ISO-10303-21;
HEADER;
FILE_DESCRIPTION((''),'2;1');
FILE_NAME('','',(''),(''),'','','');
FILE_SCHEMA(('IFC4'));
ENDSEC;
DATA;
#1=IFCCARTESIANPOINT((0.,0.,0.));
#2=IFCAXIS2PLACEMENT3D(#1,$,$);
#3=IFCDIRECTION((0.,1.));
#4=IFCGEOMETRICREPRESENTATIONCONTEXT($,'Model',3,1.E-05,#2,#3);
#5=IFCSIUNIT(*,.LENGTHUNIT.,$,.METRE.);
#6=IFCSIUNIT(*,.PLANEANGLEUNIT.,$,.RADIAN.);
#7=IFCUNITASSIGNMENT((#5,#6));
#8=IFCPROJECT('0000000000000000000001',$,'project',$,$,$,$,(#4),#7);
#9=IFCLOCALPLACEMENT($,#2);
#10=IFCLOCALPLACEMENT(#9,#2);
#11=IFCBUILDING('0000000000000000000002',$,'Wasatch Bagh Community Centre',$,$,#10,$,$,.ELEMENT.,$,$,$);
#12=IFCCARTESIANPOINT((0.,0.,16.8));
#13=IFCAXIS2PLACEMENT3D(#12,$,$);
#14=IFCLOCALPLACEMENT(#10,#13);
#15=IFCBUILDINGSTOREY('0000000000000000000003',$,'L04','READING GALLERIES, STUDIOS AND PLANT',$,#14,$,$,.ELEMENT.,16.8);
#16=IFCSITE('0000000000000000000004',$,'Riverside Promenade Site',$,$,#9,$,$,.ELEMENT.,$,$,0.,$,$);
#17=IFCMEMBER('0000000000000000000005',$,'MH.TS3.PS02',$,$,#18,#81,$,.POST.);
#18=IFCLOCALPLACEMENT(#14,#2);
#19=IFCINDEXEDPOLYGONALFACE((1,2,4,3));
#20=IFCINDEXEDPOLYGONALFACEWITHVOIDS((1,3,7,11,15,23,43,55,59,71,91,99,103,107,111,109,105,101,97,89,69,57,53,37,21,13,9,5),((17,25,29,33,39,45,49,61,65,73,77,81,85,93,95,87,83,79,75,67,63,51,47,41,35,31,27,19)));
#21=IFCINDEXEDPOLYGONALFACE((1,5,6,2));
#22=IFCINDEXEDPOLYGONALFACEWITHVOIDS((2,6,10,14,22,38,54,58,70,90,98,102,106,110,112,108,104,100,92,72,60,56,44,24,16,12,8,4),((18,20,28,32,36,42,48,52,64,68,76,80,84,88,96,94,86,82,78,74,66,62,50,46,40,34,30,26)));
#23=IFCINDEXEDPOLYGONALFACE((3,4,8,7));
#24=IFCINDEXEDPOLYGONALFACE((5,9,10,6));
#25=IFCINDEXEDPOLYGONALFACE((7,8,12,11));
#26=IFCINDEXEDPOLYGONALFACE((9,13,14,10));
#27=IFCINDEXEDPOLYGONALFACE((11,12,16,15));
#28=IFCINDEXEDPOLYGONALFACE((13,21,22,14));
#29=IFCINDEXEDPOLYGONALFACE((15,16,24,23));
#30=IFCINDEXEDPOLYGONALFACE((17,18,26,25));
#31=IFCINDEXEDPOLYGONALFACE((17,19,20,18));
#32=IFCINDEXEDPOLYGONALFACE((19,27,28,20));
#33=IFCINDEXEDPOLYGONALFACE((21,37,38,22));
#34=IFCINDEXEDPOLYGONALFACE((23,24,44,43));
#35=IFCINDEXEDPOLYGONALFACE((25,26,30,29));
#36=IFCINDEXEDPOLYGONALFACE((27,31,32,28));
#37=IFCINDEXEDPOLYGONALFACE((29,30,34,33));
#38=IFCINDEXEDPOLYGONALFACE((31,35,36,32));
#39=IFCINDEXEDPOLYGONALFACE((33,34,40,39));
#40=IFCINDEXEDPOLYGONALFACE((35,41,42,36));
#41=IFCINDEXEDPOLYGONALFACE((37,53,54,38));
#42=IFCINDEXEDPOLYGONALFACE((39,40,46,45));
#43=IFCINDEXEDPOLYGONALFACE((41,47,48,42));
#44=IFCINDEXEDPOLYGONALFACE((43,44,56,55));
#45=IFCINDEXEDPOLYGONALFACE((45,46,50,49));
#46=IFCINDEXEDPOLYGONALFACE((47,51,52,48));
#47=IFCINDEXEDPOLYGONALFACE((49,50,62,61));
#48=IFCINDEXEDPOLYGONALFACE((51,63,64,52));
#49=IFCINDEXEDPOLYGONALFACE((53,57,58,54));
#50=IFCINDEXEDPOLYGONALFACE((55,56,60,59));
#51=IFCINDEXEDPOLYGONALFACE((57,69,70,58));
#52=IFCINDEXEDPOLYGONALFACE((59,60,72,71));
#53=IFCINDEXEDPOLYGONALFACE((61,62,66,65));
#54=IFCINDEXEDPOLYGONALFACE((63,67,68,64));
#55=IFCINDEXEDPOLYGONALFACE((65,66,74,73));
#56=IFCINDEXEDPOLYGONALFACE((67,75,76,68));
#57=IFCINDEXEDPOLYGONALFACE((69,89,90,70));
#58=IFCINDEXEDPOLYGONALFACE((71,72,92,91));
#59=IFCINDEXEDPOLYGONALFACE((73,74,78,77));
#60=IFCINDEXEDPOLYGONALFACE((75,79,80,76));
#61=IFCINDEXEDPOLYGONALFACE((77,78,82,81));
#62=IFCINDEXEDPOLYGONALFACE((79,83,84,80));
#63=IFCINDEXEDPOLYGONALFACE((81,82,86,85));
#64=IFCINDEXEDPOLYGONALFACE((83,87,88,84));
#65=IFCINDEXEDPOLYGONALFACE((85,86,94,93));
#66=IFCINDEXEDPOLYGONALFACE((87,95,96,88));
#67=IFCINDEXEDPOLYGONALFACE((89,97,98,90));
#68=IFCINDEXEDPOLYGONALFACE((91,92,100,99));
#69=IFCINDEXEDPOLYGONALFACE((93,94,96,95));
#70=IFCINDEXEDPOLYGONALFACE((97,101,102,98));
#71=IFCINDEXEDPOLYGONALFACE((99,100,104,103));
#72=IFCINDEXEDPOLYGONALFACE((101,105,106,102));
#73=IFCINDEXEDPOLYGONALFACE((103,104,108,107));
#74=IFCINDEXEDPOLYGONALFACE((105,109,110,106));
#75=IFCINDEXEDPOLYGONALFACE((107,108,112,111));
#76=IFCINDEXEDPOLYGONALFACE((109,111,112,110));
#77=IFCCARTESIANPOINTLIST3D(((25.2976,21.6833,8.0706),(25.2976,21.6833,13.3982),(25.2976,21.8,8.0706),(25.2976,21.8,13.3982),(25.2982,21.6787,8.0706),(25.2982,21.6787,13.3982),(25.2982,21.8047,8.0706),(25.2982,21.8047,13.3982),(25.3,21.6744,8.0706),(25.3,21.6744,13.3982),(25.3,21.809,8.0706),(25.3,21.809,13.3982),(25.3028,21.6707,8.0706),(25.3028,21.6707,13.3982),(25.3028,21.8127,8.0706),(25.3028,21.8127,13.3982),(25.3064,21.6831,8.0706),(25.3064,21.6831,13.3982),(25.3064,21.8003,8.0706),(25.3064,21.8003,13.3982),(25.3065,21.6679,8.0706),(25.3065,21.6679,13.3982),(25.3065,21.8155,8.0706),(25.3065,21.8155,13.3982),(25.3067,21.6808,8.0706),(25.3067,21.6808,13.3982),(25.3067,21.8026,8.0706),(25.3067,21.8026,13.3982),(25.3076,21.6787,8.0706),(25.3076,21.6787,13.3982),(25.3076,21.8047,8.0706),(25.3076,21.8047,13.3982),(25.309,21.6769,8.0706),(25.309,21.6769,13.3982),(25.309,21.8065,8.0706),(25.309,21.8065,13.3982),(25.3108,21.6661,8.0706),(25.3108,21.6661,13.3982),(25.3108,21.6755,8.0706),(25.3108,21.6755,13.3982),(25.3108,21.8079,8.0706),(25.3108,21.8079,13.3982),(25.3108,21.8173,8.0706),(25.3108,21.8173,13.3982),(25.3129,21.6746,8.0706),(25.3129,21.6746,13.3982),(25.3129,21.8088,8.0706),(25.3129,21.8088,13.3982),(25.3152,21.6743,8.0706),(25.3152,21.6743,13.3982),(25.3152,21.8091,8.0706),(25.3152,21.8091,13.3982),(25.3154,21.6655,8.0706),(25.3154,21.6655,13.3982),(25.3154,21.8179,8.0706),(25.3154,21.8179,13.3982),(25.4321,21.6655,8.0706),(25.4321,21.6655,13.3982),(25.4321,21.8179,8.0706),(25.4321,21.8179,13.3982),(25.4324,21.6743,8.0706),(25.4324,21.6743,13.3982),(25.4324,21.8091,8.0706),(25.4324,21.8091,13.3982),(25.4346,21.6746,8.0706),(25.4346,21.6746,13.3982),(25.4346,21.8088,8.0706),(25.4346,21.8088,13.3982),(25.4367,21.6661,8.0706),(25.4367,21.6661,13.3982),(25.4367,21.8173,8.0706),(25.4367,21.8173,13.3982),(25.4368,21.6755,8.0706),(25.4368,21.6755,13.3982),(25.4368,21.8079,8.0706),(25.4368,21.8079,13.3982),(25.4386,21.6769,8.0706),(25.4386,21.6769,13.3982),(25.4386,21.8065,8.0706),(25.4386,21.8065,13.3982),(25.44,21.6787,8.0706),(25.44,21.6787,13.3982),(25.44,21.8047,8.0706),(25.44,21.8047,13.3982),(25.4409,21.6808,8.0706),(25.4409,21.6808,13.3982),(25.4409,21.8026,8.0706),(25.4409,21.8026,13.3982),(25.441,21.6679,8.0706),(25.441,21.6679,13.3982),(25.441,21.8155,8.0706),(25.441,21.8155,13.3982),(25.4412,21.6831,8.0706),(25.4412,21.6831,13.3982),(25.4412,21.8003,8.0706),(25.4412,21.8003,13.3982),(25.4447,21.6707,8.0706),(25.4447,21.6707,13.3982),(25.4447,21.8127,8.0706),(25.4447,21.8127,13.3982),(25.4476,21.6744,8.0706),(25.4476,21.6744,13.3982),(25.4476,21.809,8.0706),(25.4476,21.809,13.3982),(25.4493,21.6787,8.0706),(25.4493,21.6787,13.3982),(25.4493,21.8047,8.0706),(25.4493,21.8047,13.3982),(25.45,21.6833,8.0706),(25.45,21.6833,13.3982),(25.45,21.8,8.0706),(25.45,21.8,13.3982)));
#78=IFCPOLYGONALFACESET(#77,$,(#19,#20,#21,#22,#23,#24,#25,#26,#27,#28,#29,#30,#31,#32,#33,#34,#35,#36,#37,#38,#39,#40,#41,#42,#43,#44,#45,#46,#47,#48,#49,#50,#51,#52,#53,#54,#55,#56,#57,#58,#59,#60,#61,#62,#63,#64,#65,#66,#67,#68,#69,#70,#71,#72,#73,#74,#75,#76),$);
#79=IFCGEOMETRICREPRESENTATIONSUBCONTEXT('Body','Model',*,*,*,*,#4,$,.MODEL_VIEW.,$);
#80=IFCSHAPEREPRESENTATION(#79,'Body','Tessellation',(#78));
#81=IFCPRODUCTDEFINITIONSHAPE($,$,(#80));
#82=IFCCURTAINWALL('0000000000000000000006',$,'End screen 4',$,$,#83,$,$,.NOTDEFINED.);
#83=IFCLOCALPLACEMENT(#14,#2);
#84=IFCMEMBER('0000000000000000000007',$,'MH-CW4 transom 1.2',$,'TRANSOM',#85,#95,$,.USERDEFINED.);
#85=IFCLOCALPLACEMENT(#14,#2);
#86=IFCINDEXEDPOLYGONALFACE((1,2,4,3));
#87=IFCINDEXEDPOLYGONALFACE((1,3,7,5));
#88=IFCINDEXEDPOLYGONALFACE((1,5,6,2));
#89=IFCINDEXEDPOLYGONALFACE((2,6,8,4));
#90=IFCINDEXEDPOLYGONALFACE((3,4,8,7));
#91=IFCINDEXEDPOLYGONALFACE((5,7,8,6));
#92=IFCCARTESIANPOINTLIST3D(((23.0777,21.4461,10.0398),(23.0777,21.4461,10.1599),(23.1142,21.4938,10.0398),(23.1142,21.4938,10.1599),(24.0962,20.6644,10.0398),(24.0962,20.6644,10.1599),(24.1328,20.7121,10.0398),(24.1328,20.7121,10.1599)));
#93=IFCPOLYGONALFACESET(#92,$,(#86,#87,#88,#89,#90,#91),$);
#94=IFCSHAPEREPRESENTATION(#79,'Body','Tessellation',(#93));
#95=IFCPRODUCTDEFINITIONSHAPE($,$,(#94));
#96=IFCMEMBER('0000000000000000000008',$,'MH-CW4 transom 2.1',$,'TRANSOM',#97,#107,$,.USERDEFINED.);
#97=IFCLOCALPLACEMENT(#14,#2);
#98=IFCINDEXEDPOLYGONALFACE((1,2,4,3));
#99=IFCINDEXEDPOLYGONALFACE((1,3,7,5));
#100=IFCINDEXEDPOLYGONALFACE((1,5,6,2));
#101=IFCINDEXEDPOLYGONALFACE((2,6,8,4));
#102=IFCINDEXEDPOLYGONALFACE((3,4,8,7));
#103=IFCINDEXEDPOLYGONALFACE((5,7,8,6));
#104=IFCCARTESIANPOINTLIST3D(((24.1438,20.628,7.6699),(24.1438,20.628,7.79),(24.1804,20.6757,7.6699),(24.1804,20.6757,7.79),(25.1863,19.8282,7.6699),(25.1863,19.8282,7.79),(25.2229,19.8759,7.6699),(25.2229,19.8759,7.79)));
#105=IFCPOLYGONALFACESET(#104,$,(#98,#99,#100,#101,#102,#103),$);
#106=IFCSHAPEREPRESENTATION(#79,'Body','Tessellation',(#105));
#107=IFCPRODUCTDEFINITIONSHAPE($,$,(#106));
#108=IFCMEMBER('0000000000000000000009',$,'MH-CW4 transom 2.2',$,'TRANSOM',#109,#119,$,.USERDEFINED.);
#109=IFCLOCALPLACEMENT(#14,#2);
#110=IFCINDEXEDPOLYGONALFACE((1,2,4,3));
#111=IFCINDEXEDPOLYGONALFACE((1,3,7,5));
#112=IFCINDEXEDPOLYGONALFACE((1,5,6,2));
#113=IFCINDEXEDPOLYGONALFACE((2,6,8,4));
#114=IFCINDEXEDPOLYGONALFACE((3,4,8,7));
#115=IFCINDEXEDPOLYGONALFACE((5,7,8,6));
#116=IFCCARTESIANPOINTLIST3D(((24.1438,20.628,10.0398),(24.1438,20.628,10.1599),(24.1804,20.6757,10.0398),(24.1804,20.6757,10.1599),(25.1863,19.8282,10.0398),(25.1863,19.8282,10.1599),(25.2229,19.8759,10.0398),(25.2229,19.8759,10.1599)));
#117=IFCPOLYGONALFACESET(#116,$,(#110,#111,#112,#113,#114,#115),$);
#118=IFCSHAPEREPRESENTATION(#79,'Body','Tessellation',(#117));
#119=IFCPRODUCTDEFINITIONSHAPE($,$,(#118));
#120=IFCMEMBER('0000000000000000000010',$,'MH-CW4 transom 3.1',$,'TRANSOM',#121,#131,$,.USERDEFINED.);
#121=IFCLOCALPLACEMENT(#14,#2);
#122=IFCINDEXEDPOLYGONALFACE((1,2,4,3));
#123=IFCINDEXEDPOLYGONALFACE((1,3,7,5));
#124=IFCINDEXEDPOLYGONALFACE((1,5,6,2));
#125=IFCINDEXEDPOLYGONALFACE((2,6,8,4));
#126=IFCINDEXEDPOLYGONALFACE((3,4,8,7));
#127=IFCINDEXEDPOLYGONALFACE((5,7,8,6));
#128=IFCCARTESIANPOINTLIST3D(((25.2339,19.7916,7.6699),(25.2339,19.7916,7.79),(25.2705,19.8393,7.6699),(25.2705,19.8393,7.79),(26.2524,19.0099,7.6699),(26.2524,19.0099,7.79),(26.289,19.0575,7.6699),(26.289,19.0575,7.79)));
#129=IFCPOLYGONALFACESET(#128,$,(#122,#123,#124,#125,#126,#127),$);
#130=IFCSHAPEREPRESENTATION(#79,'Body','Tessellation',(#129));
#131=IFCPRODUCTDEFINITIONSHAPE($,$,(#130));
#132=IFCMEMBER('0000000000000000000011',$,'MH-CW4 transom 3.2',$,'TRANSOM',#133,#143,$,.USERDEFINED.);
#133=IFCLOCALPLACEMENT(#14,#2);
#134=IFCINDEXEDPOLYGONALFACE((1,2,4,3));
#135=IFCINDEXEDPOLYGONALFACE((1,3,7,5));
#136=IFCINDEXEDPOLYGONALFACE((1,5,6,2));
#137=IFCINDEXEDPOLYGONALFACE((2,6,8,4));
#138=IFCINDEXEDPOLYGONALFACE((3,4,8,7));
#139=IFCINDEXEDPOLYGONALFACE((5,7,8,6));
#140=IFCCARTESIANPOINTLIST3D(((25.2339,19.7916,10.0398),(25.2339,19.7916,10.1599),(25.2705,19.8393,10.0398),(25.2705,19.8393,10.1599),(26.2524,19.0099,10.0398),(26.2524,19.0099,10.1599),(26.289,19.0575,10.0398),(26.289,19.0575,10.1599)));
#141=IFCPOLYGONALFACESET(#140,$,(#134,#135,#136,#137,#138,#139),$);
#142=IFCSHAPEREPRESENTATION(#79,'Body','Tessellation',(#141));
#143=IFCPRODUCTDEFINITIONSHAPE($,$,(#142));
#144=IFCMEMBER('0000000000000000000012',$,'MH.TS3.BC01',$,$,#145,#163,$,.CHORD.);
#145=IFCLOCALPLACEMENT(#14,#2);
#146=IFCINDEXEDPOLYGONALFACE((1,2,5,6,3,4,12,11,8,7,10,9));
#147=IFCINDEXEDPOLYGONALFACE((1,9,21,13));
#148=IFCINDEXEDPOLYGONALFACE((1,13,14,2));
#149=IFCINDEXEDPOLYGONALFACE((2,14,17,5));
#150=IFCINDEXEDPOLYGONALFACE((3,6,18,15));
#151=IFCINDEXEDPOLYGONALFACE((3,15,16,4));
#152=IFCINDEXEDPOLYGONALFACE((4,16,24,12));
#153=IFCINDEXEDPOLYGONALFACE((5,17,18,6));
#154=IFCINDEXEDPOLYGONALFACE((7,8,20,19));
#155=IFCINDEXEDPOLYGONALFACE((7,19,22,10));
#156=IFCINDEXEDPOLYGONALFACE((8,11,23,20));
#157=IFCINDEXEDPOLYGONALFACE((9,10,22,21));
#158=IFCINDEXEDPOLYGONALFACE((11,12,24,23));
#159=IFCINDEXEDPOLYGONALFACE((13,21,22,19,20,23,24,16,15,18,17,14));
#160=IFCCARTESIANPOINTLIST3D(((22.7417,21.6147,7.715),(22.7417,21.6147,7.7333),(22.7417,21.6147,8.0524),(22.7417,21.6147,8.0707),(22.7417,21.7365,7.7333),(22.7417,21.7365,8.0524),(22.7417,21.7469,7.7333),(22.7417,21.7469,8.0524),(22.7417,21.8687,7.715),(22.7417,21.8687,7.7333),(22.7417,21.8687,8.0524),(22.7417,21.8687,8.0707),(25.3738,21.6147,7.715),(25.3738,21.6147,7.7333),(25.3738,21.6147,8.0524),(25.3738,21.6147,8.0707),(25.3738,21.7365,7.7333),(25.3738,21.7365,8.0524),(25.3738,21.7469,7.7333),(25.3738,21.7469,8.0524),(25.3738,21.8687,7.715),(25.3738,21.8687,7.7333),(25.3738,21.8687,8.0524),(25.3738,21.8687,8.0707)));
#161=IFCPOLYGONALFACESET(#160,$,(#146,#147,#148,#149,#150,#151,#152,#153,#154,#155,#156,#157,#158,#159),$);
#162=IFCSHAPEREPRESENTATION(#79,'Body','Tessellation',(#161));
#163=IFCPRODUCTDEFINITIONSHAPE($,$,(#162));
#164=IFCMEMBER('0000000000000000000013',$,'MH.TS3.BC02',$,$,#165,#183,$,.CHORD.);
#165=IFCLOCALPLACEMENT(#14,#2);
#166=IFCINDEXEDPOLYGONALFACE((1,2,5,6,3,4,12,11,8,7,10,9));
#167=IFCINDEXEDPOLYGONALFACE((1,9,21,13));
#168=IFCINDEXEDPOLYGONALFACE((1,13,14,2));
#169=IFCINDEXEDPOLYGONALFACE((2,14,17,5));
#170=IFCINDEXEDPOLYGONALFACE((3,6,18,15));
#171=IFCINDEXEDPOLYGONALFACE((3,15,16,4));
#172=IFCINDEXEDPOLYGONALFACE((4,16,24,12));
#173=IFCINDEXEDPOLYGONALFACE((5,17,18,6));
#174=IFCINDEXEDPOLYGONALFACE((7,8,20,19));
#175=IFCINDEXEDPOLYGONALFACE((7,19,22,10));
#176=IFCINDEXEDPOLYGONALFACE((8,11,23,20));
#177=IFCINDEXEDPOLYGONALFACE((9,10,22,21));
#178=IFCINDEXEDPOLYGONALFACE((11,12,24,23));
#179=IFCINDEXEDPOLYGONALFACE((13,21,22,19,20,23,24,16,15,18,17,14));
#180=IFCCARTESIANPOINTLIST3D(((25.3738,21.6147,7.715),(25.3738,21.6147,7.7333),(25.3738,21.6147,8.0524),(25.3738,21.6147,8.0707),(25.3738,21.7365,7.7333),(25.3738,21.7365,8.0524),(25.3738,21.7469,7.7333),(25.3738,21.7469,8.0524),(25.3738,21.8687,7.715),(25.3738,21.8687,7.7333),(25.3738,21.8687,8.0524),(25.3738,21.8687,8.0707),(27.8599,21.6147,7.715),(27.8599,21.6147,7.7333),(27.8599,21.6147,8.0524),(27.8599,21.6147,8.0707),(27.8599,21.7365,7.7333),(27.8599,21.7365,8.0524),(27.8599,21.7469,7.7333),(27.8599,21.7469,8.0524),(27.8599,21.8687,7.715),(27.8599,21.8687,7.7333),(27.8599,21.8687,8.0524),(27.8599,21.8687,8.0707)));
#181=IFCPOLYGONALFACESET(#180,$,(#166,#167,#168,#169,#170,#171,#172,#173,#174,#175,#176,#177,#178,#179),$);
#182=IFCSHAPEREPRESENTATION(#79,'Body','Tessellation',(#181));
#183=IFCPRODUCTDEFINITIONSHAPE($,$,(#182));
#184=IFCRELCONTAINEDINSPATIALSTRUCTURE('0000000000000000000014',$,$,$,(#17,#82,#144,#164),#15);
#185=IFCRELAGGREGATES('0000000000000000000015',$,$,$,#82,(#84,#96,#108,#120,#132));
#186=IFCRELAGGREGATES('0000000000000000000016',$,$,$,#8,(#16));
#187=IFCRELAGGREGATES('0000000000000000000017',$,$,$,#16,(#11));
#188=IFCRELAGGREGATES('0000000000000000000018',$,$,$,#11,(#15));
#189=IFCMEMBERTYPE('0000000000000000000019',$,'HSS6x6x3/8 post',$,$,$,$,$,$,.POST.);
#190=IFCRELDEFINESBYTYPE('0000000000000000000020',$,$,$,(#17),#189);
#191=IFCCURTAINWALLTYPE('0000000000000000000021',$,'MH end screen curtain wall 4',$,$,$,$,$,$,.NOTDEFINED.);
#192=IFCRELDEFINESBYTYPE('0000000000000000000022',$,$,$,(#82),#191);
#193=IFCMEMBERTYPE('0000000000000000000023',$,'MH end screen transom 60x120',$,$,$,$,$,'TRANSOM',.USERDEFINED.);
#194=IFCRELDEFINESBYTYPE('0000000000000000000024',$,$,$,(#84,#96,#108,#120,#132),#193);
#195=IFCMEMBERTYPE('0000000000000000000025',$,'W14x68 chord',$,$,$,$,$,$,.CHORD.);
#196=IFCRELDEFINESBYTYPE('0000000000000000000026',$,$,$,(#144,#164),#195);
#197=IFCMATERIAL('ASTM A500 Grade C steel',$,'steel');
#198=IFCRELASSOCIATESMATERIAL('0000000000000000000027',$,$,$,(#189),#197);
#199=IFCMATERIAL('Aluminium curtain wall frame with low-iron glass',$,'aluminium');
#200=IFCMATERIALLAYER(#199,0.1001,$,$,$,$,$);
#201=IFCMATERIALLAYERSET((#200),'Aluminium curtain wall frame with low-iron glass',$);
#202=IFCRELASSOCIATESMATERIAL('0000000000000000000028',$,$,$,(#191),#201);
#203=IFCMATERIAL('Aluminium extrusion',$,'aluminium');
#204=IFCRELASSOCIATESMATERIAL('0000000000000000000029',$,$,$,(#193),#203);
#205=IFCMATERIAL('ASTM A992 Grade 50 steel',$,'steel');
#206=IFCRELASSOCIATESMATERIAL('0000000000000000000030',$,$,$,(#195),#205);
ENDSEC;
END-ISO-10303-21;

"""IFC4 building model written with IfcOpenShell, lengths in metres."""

from ifc_helpers import new_model, si_unit, direction, frame, origin, origin_2d, place, context, subcontext, project, spatial, rectangle, hollow_rectangle, i_section, extrude, material, layer, layer_set, material_profile, profile_set, type_object, element, aggregate, save


model = new_model("IFC4")

# Units and contexts
model_context = context("Model", 3, precision=1e-05, world=origin(), true_north=direction((0.0, 1.0)))
body_context = subcontext(model_context, "Body", "Model", "MODEL_VIEW")
ifc_project = project(units=[si_unit("LENGTHUNIT", "METRE"), si_unit("PLANEANGLEUNIT", "RADIAN")], contexts=[model_context])

# Site, building, storey
site_placement = place(None, origin())
site = spatial("IfcSite", under=ifc_project, at=site_placement, Name="Riverside Promenade Site", CompositionType="ELEMENT", RefElevation=0.0)
building_placement = place(site_placement, origin())
building = spatial("IfcBuilding", under=site, at=building_placement, Name="Wasatch Bagh Community Centre", CompositionType="ELEMENT")
storey_placement = place(building_placement, frame((0.0, 0.0, 16.8)))
storey = spatial("IfcBuildingStorey", under=building, at=storey_placement, Name="L04", Description="READING GALLERIES, STUDIOS AND PLANT", CompositionType="ELEMENT", Elevation=16.8)

# Member
ifc_material_1 = material(Name="ASTM A500 Grade C steel", Category="steel")
ifc_material_profile_1 = material_profile(ifc_material_1, hollow_rectangle(XDim=0.1523, YDim=0.1523, WallThickness=0.0088, InnerFilletRadius=0.0088, OuterFilletRadius=0.0178, at=origin_2d()), Name="HSS6x6x3/8")
ifc_profile_set_1 = profile_set([ifc_material_profile_1], Name="ASTM A500 Grade C steel")
member_type_1 = type_object("IfcMemberType", Name="HSS6x6x3/8 post", PredefinedType="POST", material=ifc_profile_set_1)
member_1_placement = place(storey_placement, frame((25.3738, 21.7417, 8.0706), z_axis=(0.0, 0.0, 1.0), x_axis=(1.0, 0.0, 0.0)))
element("IfcMember", 1, at=member_1_placement, inside=storey, type_object=member_type_1, Name="MH.TS3.PS02", PredefinedType="POST", context=body_context, shape_type="SweptSolid", body=[
    extrude(hollow_rectangle(XDim=0.1523, YDim=0.1523, WallThickness=0.0088, InnerFilletRadius=0.0088, OuterFilletRadius=0.0178, at=origin_2d()), origin(), (0.0, 0.0, 1.0), 5.3276),
])

# Curtain wall, members
ifc_material_2 = material(Name="Aluminium curtain wall frame with low-iron glass", Category="aluminium")
ifc_layer_1 = layer(ifc_material_2, 0.1001)
ifc_layer_set_1 = layer_set([ifc_layer_1], Name="Aluminium curtain wall frame with low-iron glass")
curtain_wall_type = type_object("IfcCurtainWallType", Name="MH end screen curtain wall 4", PredefinedType="NOTDEFINED", material=ifc_layer_set_1)
curtain_wall_placement = place(storey_placement, origin())
curtain_wall = element("IfcCurtainWall", 2, at=curtain_wall_placement, inside=storey, type_object=curtain_wall_type, Name="End screen 4", PredefinedType="NOTDEFINED")
ifc_material_3 = material(Name="Aluminium extrusion", Category="aluminium")
ifc_material_profile_2 = material_profile(ifc_material_3, rectangle(XDim=0.0601, YDim=0.1201, at=origin_2d()), Name="AL 60x120")
ifc_profile_set_2 = profile_set([ifc_material_profile_2], Name="Aluminium extrusion")
member_type_2 = type_object("IfcMemberType", Name="MH end screen transom 60x120", ElementType="TRANSOM", PredefinedType="USERDEFINED", material=ifc_profile_set_2)
member_2_placement = place(storey_placement, frame((23.0959, 21.47, 10.0999), z_axis=(0.793288, -0.608847, 0.0), x_axis=(0.608847, 0.793288, 0.0)))
member_2 = element("IfcMember", 3, at=member_2_placement, type_object=member_type_2, Name="MH-CW4 transom 1.2", ObjectType="TRANSOM", PredefinedType="USERDEFINED", context=body_context, shape_type="SweptSolid", body=[
    extrude(rectangle(XDim=0.0601, YDim=0.1201, at=origin_2d()), origin(), (0.0, 0.0, 1.0), 1.2839),
])
member_3_placement = place(storey_placement, frame((24.1621, 20.6519, 7.73), z_axis=(0.793397, -0.608705, 0.0), x_axis=(0.608705, 0.793397, 0.0)))
member_3 = element("IfcMember", 4, at=member_3_placement, type_object=member_type_2, Name="MH-CW4 transom 2.1", ObjectType="TRANSOM", PredefinedType="USERDEFINED", context=body_context, shape_type="SweptSolid", body=[
    extrude(rectangle(XDim=0.0601, YDim=0.1201, at=origin_2d()), origin(), (0.0, 0.0, 1.0), 1.314),
])
member_4_placement = place(storey_placement, frame((24.1621, 20.6519, 10.0999), z_axis=(0.793397, -0.608705, 0.0), x_axis=(0.608705, 0.793397, 0.0)))
member_4 = element("IfcMember", 5, at=member_4_placement, type_object=member_type_2, Name="MH-CW4 transom 2.2", ObjectType="TRANSOM", PredefinedType="USERDEFINED", context=body_context, shape_type="SweptSolid", body=[
    extrude(rectangle(XDim=0.0601, YDim=0.1201, at=origin_2d()), origin(), (0.0, 0.0, 1.0), 1.314),
])
member_5_placement = place(storey_placement, frame((25.2522, 19.8154, 7.73), z_axis=(0.793288, -0.608847, 0.0), x_axis=(0.608847, 0.793288, 0.0)))
member_5 = element("IfcMember", 6, at=member_5_placement, type_object=member_type_2, Name="MH-CW4 transom 3.1", ObjectType="TRANSOM", PredefinedType="USERDEFINED", context=body_context, shape_type="SweptSolid", body=[
    extrude(rectangle(XDim=0.0601, YDim=0.1201, at=origin_2d()), origin(), (0.0, 0.0, 1.0), 1.2839),
])
member_6_placement = place(storey_placement, frame((25.2522, 19.8154, 10.0999), z_axis=(0.793288, -0.608847, 0.0), x_axis=(0.608847, 0.793288, 0.0)))
member_6 = element("IfcMember", 7, at=member_6_placement, type_object=member_type_2, Name="MH-CW4 transom 3.2", ObjectType="TRANSOM", PredefinedType="USERDEFINED", context=body_context, shape_type="SweptSolid", body=[
    extrude(rectangle(XDim=0.0601, YDim=0.1201, at=origin_2d()), origin(), (0.0, 0.0, 1.0), 1.2839),
])

# Members
ifc_material_4 = material(Name="ASTM A992 Grade 50 steel", Category="steel")
ifc_material_profile_3 = material_profile(ifc_material_4, i_section(OverallWidth=0.2539, OverallDepth=0.3557, WebThickness=0.0105, FlangeThickness=0.0183, at=origin_2d()), Name="W14x68")
ifc_profile_set_3 = profile_set([ifc_material_profile_3], Name="ASTM A992 Grade 50 steel")
member_type_3 = type_object("IfcMemberType", Name="W14x68 chord", PredefinedType="CHORD", material=ifc_profile_set_3)
member_7_placement = place(storey_placement, frame((22.7417, 21.7417, 7.8928), z_axis=(1.0, 0.0, 0.0), x_axis=(0.0, 1.0, 0.0)))
element("IfcMember", 8, at=member_7_placement, inside=storey, type_object=member_type_3, Name="MH.TS3.BC01", PredefinedType="CHORD", context=body_context, shape_type="SweptSolid", body=[
    extrude(i_section(OverallWidth=0.2539, OverallDepth=0.3557, WebThickness=0.0105, FlangeThickness=0.0183, at=origin_2d()), origin(), (0.0, 0.0, 1.0), 2.6321),
])
member_8_placement = place(storey_placement, frame((25.3738, 21.7417, 7.8928), z_axis=(1.0, 0.0, 0.0), x_axis=(0.0, 1.0, 0.0)))
element("IfcMember", 9, at=member_8_placement, inside=storey, type_object=member_type_3, Name="MH.TS3.BC02", PredefinedType="CHORD", context=body_context, shape_type="SweptSolid", body=[
    extrude(i_section(OverallWidth=0.2539, OverallDepth=0.3557, WebThickness=0.0105, FlangeThickness=0.0183, at=origin_2d()), origin(), (0.0, 0.0, 1.0), 2.4861),
])

aggregate(curtain_wall, [member_2, member_3, member_4, member_5, member_6])

save(model, "model.ifc")
